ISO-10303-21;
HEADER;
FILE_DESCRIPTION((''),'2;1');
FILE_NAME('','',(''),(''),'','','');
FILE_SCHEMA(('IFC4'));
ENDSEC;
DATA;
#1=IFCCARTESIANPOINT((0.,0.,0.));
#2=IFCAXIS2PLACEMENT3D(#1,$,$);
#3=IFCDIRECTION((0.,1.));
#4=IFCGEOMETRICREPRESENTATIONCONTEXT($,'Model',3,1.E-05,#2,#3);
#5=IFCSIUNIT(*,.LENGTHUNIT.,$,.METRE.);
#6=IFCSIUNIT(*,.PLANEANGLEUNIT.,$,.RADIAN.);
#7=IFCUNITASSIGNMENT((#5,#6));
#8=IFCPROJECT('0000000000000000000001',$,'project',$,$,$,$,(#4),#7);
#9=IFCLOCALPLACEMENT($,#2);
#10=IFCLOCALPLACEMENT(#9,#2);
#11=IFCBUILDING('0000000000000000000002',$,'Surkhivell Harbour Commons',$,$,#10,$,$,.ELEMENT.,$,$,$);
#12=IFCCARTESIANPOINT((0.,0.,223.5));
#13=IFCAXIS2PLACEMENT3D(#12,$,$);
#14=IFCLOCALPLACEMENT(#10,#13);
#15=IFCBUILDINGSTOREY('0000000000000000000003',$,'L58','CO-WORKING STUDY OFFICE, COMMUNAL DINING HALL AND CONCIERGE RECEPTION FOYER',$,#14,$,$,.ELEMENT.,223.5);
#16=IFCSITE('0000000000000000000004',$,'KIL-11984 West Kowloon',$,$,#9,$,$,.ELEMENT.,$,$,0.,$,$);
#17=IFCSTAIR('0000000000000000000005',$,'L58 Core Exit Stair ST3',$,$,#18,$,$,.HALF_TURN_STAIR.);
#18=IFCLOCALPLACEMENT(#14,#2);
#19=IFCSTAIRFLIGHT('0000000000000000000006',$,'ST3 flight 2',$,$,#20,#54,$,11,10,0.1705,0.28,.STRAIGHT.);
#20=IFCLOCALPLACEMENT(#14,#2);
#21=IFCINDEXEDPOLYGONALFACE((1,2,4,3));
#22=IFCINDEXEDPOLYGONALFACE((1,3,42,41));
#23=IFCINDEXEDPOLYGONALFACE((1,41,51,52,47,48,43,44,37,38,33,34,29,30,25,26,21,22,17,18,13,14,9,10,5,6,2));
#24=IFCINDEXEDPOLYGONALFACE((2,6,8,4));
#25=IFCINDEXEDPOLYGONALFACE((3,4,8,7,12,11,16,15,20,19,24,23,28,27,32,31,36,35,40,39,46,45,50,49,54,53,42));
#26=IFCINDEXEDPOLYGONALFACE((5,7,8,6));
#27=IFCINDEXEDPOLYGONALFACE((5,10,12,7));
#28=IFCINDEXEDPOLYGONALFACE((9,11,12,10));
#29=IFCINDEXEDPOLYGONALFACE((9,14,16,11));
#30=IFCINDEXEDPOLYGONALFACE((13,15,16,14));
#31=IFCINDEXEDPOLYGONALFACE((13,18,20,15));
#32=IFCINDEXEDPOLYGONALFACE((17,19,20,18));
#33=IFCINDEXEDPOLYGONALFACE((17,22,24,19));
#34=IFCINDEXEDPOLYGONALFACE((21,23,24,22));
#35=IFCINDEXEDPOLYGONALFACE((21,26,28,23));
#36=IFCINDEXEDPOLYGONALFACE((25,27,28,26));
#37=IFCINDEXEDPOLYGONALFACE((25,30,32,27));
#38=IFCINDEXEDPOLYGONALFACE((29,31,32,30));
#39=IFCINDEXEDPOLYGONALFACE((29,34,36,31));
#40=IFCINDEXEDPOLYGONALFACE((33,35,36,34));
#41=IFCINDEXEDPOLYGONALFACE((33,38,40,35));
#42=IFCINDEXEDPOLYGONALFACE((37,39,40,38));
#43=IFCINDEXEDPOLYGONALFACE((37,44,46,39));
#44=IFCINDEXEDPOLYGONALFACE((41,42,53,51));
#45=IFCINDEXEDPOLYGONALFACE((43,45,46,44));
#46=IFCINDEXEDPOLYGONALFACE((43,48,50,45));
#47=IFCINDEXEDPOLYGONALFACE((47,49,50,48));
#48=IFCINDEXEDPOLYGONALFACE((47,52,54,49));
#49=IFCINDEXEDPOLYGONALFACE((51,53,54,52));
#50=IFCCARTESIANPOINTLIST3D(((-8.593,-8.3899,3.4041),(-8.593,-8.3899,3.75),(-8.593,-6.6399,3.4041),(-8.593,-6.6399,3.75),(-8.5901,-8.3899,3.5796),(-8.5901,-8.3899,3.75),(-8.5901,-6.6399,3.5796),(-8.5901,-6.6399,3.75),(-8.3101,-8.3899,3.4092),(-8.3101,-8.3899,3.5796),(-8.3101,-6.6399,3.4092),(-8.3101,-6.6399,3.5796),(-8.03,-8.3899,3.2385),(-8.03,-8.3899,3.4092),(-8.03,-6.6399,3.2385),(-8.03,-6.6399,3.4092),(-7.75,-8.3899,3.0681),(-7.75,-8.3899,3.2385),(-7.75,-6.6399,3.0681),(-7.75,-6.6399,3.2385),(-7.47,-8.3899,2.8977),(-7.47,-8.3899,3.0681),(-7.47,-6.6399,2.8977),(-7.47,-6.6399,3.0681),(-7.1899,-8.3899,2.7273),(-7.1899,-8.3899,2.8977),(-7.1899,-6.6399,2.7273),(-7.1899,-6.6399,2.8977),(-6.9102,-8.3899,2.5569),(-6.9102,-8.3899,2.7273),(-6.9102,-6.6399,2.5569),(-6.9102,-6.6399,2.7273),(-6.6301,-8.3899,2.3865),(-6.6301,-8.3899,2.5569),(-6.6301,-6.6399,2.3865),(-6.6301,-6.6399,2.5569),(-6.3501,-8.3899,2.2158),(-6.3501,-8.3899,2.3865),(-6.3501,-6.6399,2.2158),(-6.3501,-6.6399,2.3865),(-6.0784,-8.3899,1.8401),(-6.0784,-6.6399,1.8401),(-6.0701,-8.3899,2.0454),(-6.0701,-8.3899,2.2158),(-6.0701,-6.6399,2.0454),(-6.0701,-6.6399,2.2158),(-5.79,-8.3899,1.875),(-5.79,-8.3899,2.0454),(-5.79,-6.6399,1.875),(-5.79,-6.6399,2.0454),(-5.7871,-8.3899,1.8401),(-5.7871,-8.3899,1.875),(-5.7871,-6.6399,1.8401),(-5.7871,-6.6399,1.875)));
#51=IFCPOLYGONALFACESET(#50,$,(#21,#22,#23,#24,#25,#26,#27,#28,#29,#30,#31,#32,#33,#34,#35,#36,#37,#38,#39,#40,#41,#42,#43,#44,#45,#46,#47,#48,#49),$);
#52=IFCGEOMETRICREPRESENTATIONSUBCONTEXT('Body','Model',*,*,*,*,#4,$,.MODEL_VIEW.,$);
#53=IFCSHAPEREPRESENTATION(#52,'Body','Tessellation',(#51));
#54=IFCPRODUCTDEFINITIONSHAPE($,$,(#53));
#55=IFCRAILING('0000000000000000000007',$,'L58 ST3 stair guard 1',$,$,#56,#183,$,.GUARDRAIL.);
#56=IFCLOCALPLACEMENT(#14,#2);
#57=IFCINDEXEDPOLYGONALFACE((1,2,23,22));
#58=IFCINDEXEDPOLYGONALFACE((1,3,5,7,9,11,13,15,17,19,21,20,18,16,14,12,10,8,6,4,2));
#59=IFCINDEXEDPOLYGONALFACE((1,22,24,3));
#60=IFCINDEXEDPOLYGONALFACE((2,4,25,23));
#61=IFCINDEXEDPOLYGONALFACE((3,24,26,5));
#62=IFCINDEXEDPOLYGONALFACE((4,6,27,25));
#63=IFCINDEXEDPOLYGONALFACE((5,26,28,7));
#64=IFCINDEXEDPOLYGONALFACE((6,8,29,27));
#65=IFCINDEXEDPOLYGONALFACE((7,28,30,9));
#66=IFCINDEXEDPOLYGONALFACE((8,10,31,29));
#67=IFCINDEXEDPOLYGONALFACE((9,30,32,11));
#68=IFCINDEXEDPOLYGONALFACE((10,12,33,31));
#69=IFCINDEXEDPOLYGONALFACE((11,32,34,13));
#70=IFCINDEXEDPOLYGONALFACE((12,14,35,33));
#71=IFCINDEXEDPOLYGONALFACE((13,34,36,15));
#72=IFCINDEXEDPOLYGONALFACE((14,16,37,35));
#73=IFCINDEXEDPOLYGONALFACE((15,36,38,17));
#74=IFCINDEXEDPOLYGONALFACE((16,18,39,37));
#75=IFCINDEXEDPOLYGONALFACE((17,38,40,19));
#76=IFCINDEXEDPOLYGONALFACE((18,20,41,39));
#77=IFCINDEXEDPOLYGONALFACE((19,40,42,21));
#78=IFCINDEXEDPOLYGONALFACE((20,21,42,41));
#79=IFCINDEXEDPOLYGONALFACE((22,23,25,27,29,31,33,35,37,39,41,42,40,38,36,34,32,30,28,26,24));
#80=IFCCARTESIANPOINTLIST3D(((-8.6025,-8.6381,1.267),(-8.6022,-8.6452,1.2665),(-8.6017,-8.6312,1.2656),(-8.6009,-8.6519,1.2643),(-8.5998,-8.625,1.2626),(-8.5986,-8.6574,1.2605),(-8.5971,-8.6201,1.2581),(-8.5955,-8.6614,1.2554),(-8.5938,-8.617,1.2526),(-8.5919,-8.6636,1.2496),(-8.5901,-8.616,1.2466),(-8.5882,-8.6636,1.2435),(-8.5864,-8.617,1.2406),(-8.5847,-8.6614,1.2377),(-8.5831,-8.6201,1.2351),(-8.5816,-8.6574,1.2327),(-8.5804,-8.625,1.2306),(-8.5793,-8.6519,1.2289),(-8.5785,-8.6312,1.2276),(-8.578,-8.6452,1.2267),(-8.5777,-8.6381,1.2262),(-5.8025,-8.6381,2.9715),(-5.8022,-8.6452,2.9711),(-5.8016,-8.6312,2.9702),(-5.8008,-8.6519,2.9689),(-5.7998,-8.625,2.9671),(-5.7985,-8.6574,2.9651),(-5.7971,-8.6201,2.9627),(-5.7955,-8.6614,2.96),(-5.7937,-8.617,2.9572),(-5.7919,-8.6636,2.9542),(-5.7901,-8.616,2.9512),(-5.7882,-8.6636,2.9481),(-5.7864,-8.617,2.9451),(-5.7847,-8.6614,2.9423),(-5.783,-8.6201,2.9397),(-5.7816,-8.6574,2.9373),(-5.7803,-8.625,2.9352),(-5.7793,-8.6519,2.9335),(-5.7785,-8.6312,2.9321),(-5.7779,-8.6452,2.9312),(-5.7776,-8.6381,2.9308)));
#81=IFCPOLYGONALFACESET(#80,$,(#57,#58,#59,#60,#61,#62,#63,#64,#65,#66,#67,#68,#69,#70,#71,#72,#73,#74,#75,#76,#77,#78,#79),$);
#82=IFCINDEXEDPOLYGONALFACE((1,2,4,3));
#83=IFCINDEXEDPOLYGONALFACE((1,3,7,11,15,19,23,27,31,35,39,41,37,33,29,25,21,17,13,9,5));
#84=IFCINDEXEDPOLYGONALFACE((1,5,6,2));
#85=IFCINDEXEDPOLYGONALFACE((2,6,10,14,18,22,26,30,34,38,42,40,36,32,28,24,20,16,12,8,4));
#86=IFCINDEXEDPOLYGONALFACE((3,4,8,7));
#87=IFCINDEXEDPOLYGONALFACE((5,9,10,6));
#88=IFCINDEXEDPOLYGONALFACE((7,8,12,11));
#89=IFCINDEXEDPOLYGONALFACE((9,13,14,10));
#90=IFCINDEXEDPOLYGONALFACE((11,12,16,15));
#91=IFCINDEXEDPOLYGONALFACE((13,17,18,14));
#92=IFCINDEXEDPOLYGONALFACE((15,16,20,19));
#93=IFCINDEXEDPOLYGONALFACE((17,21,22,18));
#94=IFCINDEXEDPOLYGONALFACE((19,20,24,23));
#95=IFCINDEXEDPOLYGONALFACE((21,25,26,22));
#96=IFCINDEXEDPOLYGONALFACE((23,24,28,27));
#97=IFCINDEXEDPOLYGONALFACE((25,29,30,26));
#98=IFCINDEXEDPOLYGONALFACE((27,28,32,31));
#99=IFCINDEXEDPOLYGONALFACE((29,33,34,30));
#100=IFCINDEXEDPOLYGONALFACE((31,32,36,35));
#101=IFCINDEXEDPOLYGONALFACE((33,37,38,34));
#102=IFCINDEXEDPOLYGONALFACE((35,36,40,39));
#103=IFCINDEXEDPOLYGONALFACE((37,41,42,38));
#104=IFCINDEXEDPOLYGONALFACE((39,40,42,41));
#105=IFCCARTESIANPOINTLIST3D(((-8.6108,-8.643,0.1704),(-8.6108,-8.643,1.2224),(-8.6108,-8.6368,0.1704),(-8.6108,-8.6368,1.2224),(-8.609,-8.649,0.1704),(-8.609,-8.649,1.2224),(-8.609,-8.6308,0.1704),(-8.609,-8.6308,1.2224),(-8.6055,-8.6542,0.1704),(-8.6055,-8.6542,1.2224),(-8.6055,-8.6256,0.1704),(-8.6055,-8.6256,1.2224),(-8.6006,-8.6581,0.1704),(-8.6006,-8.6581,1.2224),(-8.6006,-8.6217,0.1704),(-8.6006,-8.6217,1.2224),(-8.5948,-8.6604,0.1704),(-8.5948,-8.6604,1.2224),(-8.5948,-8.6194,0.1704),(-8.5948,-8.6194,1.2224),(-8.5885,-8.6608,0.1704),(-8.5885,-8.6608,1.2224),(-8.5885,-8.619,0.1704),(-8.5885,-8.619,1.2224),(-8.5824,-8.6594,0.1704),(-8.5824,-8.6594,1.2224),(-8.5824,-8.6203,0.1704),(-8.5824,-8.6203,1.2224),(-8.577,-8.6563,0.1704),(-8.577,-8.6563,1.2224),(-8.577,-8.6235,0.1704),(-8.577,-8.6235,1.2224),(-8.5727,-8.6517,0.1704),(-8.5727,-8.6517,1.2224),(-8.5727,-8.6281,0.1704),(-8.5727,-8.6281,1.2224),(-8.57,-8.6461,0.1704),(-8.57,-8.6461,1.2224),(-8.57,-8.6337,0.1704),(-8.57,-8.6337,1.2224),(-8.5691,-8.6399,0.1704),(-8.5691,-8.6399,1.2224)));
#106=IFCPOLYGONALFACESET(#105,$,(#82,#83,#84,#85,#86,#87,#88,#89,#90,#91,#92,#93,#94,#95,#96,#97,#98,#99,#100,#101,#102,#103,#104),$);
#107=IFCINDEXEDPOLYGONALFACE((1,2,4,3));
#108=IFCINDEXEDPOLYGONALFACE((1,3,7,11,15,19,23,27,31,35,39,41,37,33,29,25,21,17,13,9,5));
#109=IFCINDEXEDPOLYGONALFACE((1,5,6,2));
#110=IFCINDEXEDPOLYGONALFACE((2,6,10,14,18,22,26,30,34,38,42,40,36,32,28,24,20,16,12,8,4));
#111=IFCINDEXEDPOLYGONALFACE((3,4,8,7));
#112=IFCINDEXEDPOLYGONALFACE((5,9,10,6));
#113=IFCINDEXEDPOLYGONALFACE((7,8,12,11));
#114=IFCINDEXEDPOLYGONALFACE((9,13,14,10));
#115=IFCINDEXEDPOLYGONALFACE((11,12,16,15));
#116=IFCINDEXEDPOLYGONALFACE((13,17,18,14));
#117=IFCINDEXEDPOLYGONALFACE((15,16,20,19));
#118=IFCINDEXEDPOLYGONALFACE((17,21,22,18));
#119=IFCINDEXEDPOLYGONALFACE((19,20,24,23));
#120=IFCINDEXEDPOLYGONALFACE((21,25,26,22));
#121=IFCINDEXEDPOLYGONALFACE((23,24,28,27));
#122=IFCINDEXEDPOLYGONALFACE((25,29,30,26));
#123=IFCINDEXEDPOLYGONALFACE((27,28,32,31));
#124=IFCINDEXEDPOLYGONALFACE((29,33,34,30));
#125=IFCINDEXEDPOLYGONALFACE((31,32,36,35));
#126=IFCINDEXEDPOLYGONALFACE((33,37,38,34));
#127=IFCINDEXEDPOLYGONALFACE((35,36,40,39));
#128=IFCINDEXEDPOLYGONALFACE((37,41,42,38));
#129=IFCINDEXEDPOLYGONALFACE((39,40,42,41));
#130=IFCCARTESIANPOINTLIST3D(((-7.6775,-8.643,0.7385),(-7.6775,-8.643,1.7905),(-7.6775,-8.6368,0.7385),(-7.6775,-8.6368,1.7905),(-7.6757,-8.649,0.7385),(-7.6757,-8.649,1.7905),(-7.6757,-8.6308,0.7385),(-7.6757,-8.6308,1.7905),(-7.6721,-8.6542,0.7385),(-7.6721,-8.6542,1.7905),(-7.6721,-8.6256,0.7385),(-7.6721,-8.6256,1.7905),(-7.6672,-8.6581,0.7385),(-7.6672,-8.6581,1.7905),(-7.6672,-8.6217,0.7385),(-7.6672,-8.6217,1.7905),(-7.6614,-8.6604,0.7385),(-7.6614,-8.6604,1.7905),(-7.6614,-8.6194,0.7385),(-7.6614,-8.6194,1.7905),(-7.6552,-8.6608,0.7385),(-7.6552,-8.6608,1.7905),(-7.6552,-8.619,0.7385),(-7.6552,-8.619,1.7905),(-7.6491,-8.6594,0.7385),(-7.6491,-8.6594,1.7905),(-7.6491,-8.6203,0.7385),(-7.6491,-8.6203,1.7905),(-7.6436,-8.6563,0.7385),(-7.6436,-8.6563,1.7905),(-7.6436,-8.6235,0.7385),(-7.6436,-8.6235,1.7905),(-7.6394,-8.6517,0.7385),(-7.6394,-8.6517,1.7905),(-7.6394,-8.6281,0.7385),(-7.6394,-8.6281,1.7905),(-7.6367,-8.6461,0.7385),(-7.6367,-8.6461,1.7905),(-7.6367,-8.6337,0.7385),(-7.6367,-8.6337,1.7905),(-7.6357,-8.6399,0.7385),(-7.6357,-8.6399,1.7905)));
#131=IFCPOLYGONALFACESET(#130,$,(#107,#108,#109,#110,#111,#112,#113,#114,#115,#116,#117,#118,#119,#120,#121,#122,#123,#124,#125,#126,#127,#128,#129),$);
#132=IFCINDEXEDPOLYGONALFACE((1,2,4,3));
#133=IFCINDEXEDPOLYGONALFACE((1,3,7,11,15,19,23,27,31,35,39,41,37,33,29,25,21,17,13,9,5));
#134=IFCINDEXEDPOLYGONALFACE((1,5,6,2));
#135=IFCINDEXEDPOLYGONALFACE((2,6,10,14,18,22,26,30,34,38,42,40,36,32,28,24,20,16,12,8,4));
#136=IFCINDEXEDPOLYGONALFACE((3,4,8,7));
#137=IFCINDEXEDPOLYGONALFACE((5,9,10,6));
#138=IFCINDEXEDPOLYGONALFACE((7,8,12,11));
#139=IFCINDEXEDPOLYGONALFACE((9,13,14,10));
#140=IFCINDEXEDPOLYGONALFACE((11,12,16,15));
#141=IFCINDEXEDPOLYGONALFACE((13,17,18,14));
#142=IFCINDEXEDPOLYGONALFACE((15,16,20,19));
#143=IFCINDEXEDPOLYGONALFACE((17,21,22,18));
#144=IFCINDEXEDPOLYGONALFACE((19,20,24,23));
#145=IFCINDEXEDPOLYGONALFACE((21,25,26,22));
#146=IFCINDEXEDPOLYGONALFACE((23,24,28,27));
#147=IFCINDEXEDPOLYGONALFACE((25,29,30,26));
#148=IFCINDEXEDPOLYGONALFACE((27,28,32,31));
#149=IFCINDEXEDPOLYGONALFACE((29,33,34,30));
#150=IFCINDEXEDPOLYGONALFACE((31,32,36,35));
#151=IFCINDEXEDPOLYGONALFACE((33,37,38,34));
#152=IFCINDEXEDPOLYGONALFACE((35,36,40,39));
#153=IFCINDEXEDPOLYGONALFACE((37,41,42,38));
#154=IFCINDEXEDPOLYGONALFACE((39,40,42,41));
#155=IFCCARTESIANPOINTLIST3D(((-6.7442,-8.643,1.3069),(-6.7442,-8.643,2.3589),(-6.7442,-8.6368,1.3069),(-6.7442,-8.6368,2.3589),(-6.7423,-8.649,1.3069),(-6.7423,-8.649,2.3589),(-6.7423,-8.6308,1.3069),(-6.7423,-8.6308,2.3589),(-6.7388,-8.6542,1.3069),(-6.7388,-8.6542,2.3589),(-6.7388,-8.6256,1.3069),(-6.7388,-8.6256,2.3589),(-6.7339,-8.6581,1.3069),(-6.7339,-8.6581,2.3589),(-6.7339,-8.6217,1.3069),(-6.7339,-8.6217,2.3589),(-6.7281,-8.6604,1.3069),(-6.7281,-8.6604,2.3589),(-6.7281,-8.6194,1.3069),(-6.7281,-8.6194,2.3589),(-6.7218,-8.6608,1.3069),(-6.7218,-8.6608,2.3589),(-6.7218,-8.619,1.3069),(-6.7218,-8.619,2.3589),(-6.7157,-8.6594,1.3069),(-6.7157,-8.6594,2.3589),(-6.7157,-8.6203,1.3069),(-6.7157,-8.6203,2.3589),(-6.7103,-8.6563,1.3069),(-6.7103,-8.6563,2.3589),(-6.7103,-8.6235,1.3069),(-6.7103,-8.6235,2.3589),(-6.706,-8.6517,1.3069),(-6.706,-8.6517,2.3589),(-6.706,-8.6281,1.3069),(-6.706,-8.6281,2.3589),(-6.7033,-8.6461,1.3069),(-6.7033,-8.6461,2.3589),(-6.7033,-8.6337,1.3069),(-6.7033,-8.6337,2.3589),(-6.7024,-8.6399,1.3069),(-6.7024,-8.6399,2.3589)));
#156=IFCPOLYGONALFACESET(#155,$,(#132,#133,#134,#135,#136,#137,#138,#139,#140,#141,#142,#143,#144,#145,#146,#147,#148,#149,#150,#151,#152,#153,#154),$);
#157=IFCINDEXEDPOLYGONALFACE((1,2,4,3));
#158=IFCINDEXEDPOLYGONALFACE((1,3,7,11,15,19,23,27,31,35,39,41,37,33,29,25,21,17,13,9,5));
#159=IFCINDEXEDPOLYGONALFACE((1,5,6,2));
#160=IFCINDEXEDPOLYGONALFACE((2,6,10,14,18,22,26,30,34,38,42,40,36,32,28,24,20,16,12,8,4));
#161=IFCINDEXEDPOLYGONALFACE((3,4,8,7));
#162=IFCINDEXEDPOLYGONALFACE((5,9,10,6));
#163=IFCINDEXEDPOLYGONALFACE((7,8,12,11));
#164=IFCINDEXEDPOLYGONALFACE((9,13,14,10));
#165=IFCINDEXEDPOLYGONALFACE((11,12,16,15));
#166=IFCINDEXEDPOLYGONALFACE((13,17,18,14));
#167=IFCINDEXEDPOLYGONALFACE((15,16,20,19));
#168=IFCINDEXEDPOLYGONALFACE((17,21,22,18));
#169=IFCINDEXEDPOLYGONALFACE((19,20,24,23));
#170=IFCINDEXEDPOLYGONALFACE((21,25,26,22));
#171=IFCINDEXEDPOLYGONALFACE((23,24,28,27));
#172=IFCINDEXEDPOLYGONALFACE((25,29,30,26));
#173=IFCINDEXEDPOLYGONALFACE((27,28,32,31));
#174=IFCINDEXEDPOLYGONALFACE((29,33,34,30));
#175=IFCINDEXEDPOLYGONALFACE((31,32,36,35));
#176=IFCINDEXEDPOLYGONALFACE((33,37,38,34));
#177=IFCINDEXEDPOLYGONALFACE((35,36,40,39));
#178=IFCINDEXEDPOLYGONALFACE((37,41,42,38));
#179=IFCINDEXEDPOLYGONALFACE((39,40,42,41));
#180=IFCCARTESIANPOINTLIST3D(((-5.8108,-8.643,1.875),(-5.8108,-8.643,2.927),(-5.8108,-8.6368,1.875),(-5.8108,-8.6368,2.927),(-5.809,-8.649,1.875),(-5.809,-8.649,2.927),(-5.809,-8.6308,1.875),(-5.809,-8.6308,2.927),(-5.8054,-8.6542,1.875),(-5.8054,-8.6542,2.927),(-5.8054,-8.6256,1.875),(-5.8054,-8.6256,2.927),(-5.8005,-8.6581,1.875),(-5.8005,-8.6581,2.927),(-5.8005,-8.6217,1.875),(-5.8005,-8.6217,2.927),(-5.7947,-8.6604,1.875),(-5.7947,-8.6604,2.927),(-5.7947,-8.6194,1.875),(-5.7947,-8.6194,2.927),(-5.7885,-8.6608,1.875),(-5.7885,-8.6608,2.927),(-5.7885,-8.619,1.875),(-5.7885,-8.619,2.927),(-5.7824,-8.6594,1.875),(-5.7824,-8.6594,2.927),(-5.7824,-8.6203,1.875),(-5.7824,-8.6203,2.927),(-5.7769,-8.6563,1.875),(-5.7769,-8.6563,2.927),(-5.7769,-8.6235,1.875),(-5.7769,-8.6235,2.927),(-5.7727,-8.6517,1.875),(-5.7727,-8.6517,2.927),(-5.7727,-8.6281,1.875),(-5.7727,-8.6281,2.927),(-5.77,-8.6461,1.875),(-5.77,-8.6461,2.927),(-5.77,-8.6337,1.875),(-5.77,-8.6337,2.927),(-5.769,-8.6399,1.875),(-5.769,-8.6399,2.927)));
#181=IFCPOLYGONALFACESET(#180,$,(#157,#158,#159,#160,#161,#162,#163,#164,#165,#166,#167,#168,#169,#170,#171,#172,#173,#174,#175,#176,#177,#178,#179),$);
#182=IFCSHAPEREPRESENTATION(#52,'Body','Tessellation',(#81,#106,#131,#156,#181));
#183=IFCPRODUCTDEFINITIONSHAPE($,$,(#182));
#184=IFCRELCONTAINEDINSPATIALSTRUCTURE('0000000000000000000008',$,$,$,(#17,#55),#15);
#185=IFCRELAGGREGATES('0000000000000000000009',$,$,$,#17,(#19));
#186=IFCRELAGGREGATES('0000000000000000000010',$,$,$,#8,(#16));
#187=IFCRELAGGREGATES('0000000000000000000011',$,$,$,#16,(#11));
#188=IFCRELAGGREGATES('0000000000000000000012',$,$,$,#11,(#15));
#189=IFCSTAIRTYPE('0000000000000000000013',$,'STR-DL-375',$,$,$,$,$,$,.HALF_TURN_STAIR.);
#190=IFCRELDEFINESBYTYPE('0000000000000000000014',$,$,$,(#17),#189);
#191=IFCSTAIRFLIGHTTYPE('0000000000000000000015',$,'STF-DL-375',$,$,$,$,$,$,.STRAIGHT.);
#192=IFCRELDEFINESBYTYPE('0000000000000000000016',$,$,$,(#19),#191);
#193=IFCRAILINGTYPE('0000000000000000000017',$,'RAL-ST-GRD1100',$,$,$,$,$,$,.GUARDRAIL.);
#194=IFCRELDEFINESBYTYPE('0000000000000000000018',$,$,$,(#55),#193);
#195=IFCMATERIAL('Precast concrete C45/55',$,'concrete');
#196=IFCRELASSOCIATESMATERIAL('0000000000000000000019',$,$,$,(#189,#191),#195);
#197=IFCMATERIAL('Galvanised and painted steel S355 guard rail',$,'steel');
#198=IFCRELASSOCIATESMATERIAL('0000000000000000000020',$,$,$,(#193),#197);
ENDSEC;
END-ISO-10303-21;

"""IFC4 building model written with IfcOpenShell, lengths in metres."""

from ifc_helpers import new_model, si_unit, direction, frame, origin, origin_2d, place, context, subcontext, project, spatial, polyline, circle, outline, extrude, material, type_object, element, aggregate, save


model = new_model("IFC4")

# Units and contexts
model_context = context("Model", 3, precision=1e-05, world=origin(), true_north=direction((0.0, 1.0)))
body_context = subcontext(model_context, "Body", "Model", "MODEL_VIEW")
ifc_project = project(units=[si_unit("LENGTHUNIT", "METRE"), si_unit("PLANEANGLEUNIT", "RADIAN")], contexts=[model_context])

# Site, building, storey
site_placement = place(None, origin())
site = spatial("IfcSite", under=ifc_project, at=site_placement, Name="KIL-11984 West Kowloon", CompositionType="ELEMENT", RefElevation=0.0)
building_placement = place(site_placement, origin())
building = spatial("IfcBuilding", under=site, at=building_placement, Name="Surkhivell Harbour Commons", CompositionType="ELEMENT")
storey_placement = place(building_placement, frame((0.0, 0.0, 223.5)))
storey = spatial("IfcBuildingStorey", under=building, at=storey_placement, Name="L58", Description="CO-WORKING STUDY OFFICE, COMMUNAL DINING HALL AND CONCIERGE RECEPTION FOYER", CompositionType="ELEMENT", Elevation=223.5)

# Stair, stair flight
ifc_material_1 = material(Name="Precast concrete C45/55", Category="concrete")
stair_type = type_object("IfcStairType", Name="STR-DL-375", PredefinedType="HALF_TURN_STAIR", material=ifc_material_1)
stair_placement = place(storey_placement, origin())
stair = element("IfcStair", 1, at=stair_placement, inside=storey, type_object=stair_type, Name="L58 Core Exit Stair ST3", PredefinedType="HALF_TURN_STAIR")
stair_flight_type = type_object("IfcStairFlightType", Name="STF-DL-375", PredefinedType="STRAIGHT", material=ifc_material_1)
stair_flight_1_placement = place(storey_placement, frame((-5.79, -7.5149, 1.875), z_axis=(0.0, 0.0, 1.0), x_axis=(-1.0, 0.0, 0.0)))
stair_flight_1 = element("IfcStairFlight", 2, at=stair_flight_1_placement, type_object=stair_flight_type, Name="ST3 flight 2", NumberOfRisers=11, NumberOfTreads=10, PredefinedType="STRAIGHT", RiserHeight=0.1705, TreadLength=0.28, context=body_context, shape_type="SweptSolid", body=[
    extrude(outline(polyline([(-0.0029, -0.0349), (-0.0029, 0.0), (0.0, 0.0), (0.0, 0.1704), (0.28, 0.1704), (0.28, 0.3408), (0.5601, 0.3408), (0.5601, 0.5115), (0.8401, 0.5115), (0.8401, 0.6819), (1.1201, 0.6819), (1.1201, 0.8523), (1.3999, 0.8523), (1.3999, 1.0227), (1.6799, 1.0227), (1.6799, 1.1931), (1.96, 1.1931), (1.96, 1.3635), (2.24, 1.3635), (2.24, 1.5342), (2.52, 1.5342), (2.52, 1.7046), (2.8, 1.7046), (2.8, 1.875), (2.803, 1.875), (2.803, 1.5291), (0.2883, -0.0349), (-0.0029, -0.0349)])), frame((0.0, 0.875, 0.0), z_axis=(0.0, -1.0, 0.0), x_axis=(1.0, 0.0, 0.0)), (0.0, 0.0, 1.0), 1.75),
])
aggregate(stair, [stair_flight_1])

# Railing
ifc_material_2 = material(Name="Galvanised and painted steel S355 guard rail", Category="steel")
railing_type_1 = type_object("IfcRailingType", Name="RAL-ST-GRD1100", PredefinedType="GUARDRAIL", material=ifc_material_2)
railing_1_placement = place(storey_placement, frame((-8.5901, -8.6399, 0.1704)))
element("IfcRailing", 3, at=railing_1_placement, inside=storey, type_object=railing_type_1, Name="L58 ST3 stair guard 1", PredefinedType="GUARDRAIL", context=body_context, shape_type="SweptSolid", body=[
    extrude(circle(Radius=0.0239, at=origin_2d()), frame((0.0, 0.0, 1.0762), z_axis=(0.85417, 0.0, 0.519994), x_axis=(0.0, 1.0, 0.0)), (0.0, 0.0, 1.0), 3.2781),
    extrude(circle(Radius=0.021, at=origin_2d()), origin(), (0.0, 0.0, 1.0), 1.052),
    extrude(circle(Radius=0.021, at=origin_2d()), frame((0.9333, 0.0, 0.5681)), (0.0, 0.0, 1.0), 1.052),
    extrude(circle(Radius=0.021, at=origin_2d()), frame((1.8667, 0.0, 1.1365)), (0.0, 0.0, 1.0), 1.052),
    extrude(circle(Radius=0.021, at=origin_2d()), frame((2.8, 0.0, 1.7046)), (0.0, 0.0, 1.0), 1.052),
])

save(model, "model.ifc")
